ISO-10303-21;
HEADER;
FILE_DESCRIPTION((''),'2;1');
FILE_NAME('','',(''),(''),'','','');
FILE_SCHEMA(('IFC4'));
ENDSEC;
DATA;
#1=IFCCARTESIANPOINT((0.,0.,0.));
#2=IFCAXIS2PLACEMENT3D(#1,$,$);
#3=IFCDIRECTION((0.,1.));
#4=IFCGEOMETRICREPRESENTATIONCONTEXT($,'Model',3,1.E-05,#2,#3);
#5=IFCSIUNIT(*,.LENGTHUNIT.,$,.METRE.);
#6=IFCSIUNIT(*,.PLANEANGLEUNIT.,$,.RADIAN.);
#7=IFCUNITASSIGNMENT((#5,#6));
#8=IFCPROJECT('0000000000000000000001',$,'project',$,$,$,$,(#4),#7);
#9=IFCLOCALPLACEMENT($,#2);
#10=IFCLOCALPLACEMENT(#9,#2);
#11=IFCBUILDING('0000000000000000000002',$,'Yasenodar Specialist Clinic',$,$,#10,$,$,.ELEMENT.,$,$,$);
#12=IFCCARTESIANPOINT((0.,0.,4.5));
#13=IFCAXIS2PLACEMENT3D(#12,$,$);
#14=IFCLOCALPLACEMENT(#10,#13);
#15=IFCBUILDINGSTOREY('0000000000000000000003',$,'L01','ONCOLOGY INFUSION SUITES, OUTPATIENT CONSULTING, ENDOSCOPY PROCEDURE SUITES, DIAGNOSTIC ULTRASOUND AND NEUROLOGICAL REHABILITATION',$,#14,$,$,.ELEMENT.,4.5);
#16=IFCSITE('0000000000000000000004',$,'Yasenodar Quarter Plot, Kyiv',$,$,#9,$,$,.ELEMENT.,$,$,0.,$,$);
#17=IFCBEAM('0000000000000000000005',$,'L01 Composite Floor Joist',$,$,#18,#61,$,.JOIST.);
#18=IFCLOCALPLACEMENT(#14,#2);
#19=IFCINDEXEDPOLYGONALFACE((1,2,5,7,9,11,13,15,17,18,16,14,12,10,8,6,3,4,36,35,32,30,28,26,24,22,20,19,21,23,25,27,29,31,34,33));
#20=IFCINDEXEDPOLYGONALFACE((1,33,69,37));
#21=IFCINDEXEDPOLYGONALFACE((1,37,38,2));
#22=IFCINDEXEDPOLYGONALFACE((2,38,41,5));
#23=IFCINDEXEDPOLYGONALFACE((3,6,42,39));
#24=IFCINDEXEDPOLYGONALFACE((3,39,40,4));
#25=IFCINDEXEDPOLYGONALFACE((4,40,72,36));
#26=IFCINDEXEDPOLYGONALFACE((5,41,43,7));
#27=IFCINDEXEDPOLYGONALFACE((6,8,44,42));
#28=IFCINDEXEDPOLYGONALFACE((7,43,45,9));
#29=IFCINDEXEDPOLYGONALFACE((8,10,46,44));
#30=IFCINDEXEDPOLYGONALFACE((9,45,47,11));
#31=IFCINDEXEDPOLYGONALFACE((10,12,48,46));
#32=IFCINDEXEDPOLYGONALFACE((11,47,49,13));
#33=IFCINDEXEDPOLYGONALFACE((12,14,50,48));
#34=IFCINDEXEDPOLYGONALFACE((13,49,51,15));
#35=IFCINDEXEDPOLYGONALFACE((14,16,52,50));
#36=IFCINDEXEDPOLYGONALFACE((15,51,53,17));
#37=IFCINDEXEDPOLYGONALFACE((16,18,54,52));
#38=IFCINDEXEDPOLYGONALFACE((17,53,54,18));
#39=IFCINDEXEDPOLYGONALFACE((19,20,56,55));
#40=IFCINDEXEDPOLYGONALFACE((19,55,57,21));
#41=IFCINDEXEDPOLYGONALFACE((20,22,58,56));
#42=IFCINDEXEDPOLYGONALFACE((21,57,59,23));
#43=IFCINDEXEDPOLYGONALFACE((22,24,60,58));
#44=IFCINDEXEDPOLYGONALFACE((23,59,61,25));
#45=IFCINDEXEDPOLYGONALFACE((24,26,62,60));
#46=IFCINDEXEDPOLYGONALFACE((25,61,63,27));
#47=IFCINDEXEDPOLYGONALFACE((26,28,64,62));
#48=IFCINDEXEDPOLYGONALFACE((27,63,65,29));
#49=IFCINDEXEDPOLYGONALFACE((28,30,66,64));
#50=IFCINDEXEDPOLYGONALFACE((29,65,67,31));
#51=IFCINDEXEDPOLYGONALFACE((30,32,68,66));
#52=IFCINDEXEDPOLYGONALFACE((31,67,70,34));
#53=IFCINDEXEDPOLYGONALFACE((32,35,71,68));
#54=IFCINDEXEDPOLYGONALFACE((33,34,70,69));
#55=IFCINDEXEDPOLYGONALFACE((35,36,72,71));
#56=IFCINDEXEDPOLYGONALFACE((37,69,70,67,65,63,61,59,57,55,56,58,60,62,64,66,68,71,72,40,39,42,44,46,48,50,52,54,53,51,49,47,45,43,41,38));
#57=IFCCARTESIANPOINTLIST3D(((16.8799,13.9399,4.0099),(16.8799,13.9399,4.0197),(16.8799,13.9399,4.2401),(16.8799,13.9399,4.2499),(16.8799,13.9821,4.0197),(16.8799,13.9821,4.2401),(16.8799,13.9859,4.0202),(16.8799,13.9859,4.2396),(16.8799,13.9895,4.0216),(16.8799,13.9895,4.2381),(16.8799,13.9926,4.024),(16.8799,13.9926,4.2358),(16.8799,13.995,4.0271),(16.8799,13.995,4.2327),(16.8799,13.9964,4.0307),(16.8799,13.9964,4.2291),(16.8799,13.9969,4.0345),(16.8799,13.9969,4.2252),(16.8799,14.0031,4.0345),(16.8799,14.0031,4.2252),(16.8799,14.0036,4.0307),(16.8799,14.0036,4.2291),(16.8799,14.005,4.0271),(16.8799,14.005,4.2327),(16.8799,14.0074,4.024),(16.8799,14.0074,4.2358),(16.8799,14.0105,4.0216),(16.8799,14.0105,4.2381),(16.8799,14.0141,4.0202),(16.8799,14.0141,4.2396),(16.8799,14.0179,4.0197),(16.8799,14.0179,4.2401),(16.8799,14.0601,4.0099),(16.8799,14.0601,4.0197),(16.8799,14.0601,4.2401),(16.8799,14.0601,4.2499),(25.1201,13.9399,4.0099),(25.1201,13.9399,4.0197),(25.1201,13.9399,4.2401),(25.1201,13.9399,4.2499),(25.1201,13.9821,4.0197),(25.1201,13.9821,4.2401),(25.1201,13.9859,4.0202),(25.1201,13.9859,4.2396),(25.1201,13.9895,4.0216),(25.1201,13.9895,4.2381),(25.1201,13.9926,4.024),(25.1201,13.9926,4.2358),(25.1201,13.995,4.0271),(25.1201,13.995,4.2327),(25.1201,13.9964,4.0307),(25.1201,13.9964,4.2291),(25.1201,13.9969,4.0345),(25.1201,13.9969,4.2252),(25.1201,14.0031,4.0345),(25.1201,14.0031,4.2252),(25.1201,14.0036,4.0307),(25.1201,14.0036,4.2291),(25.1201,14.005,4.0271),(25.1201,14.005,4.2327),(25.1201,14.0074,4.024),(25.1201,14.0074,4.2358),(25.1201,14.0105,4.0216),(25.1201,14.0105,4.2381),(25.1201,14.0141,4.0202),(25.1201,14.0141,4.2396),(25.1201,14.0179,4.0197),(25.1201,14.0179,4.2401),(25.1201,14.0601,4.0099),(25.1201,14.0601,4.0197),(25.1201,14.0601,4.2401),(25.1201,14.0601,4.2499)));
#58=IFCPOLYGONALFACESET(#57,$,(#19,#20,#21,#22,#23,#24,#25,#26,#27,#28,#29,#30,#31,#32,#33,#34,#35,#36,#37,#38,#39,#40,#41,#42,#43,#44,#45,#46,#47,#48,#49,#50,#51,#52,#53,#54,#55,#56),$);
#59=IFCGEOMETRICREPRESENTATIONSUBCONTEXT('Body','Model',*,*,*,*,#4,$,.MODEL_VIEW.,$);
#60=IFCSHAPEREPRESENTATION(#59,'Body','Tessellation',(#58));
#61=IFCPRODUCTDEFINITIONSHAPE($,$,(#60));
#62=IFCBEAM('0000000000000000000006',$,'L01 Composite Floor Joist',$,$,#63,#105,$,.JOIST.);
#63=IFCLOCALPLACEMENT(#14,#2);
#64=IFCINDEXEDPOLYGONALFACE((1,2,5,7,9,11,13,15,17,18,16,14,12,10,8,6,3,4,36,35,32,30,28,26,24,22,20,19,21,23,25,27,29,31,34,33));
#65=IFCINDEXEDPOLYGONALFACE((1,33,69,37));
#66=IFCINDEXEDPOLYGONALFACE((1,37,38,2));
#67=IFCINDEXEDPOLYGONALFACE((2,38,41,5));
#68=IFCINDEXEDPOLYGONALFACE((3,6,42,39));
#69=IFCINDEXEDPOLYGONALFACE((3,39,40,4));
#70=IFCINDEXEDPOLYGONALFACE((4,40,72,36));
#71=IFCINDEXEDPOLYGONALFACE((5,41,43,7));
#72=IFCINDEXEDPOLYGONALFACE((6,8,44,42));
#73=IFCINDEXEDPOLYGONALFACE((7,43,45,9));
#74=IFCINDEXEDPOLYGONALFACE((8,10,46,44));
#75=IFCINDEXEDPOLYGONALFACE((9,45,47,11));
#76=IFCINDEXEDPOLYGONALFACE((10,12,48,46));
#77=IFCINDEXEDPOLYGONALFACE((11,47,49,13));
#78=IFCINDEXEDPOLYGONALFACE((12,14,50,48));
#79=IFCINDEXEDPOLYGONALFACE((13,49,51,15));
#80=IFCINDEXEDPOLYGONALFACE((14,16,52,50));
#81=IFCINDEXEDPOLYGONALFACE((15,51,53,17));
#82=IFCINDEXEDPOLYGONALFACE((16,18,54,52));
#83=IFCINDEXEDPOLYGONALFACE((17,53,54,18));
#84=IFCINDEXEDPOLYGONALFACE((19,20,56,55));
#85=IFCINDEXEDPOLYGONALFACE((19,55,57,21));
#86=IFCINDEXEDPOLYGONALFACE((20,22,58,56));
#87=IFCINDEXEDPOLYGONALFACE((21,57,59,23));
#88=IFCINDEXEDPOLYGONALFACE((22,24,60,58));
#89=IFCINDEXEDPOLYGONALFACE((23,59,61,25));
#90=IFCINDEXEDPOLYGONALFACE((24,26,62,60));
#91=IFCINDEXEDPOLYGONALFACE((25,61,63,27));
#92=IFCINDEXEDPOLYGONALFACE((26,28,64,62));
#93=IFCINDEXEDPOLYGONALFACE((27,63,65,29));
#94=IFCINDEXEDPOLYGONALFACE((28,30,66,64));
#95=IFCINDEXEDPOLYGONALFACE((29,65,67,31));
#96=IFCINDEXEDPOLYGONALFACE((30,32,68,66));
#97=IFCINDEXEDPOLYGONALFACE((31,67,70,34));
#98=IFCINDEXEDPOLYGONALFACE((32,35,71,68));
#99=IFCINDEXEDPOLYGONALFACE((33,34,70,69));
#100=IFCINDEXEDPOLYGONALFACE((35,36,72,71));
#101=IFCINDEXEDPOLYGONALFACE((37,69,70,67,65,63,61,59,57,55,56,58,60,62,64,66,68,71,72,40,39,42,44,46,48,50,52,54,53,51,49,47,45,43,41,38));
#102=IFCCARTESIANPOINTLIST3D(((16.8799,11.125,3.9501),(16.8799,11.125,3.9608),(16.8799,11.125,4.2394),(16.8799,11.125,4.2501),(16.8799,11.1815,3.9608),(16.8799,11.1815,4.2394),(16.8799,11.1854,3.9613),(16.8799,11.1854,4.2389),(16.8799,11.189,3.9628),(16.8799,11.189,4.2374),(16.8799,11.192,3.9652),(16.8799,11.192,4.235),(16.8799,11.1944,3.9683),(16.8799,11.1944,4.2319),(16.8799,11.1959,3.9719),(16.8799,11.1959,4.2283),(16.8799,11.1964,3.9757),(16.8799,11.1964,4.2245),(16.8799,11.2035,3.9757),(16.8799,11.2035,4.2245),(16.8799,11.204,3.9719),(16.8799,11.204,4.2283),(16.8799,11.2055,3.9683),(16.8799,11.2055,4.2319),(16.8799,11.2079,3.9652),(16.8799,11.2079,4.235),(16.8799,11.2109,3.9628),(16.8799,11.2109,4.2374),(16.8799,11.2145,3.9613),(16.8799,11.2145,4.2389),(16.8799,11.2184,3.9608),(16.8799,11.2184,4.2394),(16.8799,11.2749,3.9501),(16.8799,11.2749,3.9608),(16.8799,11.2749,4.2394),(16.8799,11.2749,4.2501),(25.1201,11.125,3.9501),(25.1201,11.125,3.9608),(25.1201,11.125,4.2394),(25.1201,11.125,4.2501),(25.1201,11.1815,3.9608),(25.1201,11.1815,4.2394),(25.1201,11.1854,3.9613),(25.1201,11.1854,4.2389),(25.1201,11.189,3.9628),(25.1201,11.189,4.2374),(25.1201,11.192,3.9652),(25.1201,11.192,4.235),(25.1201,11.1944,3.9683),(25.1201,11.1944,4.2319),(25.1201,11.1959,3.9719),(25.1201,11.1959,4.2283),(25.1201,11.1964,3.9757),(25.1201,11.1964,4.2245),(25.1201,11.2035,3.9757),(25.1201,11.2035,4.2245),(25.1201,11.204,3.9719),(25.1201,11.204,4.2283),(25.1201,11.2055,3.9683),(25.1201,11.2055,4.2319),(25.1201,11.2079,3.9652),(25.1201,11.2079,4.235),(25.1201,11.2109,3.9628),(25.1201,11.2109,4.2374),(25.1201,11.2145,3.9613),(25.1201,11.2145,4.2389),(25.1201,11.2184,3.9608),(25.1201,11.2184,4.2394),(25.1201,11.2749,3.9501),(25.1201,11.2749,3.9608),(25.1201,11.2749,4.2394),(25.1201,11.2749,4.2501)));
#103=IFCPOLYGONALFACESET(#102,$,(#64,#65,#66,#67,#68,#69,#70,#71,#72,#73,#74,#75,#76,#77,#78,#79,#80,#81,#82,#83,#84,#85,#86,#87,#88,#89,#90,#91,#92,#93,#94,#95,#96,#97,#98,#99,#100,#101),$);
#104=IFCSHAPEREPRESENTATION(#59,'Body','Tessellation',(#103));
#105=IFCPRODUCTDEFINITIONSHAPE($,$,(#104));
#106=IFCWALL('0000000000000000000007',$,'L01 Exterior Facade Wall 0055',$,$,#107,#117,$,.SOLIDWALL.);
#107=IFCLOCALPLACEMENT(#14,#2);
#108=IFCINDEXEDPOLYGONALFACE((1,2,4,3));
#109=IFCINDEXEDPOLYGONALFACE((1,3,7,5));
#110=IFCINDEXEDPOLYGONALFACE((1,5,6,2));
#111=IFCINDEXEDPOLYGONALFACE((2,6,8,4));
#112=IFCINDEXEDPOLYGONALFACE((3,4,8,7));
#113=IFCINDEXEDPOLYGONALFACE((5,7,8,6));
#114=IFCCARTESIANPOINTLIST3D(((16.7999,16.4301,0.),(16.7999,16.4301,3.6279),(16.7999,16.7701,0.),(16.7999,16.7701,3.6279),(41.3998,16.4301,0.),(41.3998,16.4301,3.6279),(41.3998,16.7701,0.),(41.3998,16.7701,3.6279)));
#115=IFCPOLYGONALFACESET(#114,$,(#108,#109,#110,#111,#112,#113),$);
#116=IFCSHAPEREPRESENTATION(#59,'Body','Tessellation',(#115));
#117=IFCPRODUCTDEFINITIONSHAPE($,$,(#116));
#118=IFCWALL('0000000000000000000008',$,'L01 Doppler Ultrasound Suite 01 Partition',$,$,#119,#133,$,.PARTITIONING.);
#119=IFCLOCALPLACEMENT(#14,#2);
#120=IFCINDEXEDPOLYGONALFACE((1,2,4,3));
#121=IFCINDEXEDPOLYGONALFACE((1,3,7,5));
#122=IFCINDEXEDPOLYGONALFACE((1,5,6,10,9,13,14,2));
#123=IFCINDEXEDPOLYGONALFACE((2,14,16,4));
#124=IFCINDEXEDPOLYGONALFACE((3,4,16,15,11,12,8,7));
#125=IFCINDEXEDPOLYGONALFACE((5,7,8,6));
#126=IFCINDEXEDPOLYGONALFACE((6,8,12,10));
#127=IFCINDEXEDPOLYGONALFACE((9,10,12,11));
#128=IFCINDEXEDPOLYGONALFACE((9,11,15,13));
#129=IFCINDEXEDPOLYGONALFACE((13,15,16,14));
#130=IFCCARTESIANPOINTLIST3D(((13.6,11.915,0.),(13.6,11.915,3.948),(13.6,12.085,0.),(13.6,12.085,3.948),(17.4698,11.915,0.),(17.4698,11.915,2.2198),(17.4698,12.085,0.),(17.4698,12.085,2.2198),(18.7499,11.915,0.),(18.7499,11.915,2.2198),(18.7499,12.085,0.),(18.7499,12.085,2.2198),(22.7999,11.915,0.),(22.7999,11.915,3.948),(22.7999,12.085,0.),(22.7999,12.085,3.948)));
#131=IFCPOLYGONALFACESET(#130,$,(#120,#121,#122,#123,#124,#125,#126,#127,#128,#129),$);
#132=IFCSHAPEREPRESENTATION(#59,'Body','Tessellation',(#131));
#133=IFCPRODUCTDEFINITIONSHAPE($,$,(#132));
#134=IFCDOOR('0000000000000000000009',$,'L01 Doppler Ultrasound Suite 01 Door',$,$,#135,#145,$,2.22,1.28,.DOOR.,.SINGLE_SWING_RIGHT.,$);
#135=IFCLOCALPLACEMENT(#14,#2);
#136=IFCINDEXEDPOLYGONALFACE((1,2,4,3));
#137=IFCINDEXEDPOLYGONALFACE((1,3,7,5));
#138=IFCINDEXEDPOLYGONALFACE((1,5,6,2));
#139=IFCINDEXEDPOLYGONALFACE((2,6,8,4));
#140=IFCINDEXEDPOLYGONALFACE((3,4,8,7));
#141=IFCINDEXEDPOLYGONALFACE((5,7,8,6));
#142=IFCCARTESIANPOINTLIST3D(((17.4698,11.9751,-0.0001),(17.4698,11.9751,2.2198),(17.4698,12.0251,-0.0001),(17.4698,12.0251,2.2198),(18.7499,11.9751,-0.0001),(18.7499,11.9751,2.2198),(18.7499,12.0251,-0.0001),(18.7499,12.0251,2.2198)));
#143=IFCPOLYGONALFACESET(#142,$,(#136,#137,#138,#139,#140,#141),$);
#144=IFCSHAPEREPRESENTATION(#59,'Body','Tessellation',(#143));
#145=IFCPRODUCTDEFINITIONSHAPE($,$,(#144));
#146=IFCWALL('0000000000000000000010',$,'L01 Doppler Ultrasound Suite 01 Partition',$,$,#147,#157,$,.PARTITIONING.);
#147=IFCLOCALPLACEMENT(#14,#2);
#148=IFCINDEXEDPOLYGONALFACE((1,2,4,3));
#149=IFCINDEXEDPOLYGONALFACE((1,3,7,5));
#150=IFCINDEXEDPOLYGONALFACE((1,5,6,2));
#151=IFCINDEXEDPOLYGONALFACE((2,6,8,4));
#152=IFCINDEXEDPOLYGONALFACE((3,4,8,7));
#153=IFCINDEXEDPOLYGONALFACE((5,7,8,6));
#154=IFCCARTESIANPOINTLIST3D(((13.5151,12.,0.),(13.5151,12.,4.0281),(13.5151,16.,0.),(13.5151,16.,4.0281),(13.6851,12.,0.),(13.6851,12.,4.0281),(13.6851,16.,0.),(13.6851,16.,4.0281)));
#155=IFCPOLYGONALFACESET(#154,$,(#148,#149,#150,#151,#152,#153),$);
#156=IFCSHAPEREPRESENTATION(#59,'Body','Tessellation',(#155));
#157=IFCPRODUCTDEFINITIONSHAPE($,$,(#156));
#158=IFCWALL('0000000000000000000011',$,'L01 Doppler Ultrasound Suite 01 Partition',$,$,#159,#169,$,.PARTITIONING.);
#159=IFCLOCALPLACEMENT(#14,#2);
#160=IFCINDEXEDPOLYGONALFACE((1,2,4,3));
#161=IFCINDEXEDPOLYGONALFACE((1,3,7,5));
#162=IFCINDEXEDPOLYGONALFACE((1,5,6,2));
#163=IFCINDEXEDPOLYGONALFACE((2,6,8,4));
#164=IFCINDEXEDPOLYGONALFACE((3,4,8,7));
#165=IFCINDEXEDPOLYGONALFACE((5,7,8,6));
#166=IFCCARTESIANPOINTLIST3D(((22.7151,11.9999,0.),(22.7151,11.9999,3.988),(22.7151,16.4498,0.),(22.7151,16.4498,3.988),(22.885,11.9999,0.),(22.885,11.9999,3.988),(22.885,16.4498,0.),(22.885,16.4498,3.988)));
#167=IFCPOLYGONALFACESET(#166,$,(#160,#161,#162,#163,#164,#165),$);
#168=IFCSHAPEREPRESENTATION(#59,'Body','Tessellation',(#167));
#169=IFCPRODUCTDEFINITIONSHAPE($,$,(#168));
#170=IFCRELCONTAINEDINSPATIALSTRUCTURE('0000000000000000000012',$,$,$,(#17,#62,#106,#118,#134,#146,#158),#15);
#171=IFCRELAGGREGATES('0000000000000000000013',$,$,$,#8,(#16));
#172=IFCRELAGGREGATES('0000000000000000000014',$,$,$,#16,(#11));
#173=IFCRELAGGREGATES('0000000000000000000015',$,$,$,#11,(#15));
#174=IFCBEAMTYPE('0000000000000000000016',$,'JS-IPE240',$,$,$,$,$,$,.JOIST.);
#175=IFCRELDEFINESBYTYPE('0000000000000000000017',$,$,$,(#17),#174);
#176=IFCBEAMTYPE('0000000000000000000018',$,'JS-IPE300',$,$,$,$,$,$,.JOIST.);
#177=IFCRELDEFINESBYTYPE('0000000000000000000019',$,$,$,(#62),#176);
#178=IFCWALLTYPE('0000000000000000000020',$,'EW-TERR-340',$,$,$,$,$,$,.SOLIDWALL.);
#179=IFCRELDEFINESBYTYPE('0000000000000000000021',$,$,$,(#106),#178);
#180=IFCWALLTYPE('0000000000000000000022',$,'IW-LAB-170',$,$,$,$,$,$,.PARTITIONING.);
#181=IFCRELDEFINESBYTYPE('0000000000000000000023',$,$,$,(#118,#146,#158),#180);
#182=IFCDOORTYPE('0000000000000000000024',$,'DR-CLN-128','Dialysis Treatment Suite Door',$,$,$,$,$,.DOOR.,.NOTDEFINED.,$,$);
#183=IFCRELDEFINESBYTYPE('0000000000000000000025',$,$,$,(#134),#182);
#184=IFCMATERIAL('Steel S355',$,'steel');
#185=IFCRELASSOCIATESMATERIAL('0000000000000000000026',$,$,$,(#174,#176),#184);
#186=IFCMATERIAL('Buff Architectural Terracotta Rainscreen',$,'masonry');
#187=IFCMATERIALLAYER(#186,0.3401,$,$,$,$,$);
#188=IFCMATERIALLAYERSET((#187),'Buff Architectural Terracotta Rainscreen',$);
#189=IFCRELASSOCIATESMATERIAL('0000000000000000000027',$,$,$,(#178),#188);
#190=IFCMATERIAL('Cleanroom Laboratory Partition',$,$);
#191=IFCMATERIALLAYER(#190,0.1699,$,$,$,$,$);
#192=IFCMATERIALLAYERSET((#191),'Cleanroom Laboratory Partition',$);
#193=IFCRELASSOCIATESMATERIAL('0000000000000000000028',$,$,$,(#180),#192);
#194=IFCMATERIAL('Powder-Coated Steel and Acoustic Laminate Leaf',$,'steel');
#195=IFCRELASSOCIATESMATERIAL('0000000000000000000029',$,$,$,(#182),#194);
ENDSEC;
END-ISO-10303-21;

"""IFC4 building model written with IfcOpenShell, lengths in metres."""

from ifc_helpers import new_model, si_unit, direction, frame, frame_2d, origin, origin_2d, place, context, subcontext, project, spatial, rectangle, i_section, extrude, material, layer, layer_set, material_profile, profile_set, type_object, element, fill, save


model = new_model("IFC4")

# Units and contexts
model_context = context("Model", 3, precision=1e-05, world=origin(), true_north=direction((0.0, 1.0)))
body_context = subcontext(model_context, "Body", "Model", "MODEL_VIEW")
ifc_project = project(units=[si_unit("LENGTHUNIT", "METRE"), si_unit("PLANEANGLEUNIT", "RADIAN")], contexts=[model_context])

# Site, building, storey
site_placement = place(None, origin())
site = spatial("IfcSite", under=ifc_project, at=site_placement, Name="Yasenodar Quarter Plot, Kyiv", CompositionType="ELEMENT", RefElevation=0.0)
building_placement = place(site_placement, origin())
building = spatial("IfcBuilding", under=site, at=building_placement, Name="Yasenodar Specialist Clinic", CompositionType="ELEMENT")
storey_placement = place(building_placement, frame((0.0, 0.0, 4.5)))
storey = spatial("IfcBuildingStorey", under=building, at=storey_placement, Name="L01", Description="ONCOLOGY INFUSION SUITES, OUTPATIENT CONSULTING, ENDOSCOPY PROCEDURE SUITES, DIAGNOSTIC ULTRASOUND AND NEUROLOGICAL REHABILITATION", CompositionType="ELEMENT", Elevation=4.5)

# Beams
ifc_material_1 = material(Name="Steel S355", Category="steel")
ifc_material_profile_1 = material_profile(ifc_material_1, i_section(OverallWidth=0.1201, OverallDepth=0.24, WebThickness=0.0061, FlangeThickness=0.0098, FilletRadius=0.0149, at=origin_2d()), Name="IPE 240")
ifc_profile_set_1 = profile_set([ifc_material_profile_1], Name="Steel S355")
beam_type_1 = type_object("IfcBeamType", Name="JS-IPE240", PredefinedType="JOIST", material=ifc_profile_set_1)
beam_1_placement = place(storey_placement, frame((16.8799, 14.0, 4.1299), z_axis=(1.0, 0.0, 0.0), x_axis=(0.0, 1.0, 0.0)))
element("IfcBeam", 1, at=beam_1_placement, inside=storey, type_object=beam_type_1, Name="L01 Composite Floor Joist", PredefinedType="JOIST", context=body_context, shape_type="SweptSolid", body=[
    extrude(i_section(OverallWidth=0.1201, OverallDepth=0.24, WebThickness=0.0061, FlangeThickness=0.0098, FilletRadius=0.0149, at=origin_2d()), origin(), (0.0, 0.0, 1.0), 8.2402),
])
ifc_material_profile_2 = material_profile(ifc_material_1, i_section(OverallWidth=0.1499, OverallDepth=0.3, WebThickness=0.0071, FlangeThickness=0.0107, FilletRadius=0.0149, at=origin_2d()), Name="IPE 300")
ifc_profile_set_2 = profile_set([ifc_material_profile_2], Name="Steel S355")
beam_type_2 = type_object("IfcBeamType", Name="JS-IPE300", PredefinedType="JOIST", material=ifc_profile_set_2)
beam_2_placement = place(storey_placement, frame((16.8799, 11.2, 4.1001), z_axis=(1.0, 0.0, 0.0), x_axis=(0.0, 1.0, 0.0)))
element("IfcBeam", 2, at=beam_2_placement, inside=storey, type_object=beam_type_2, Name="L01 Composite Floor Joist", PredefinedType="JOIST", context=body_context, shape_type="SweptSolid", body=[
    extrude(i_section(OverallWidth=0.1499, OverallDepth=0.3, WebThickness=0.0071, FlangeThickness=0.0107, FilletRadius=0.0149, at=origin_2d()), origin(), (0.0, 0.0, 1.0), 8.2402),
])

# Wall
ifc_material_2 = material(Name="Buff Architectural Terracotta Rainscreen", Category="masonry")
ifc_layer_1 = layer(ifc_material_2, 0.3401)
ifc_layer_set_1 = layer_set([ifc_layer_1], Name="Buff Architectural Terracotta Rainscreen")
wall_type_1 = type_object("IfcWallType", Name="EW-TERR-340", PredefinedType="SOLIDWALL", material=ifc_layer_set_1)
wall_1_placement = place(storey_placement, frame((16.8, 16.6001, 0.0), z_axis=(0.0, 0.0, 1.0), x_axis=(1.0, 0.0, 0.0)))
element("IfcWall", 3, at=wall_1_placement, inside=storey, type_object=wall_type_1, Name="L01 Exterior Facade Wall 0055", PredefinedType="SOLIDWALL", context=body_context, shape_type="SweptSolid", body=[
    extrude(rectangle(XDim=24.5999, YDim=0.3401, at=frame_2d((12.2998, 0.0))), origin(), (0.0, 0.0, 1.0), 3.6279),
])

# Wall, opening, door
ifc_material_3 = material(Name="Cleanroom Laboratory Partition")
ifc_layer_2 = layer(ifc_material_3, 0.1699)
ifc_layer_set_2 = layer_set([ifc_layer_2], Name="Cleanroom Laboratory Partition")
wall_type_2 = type_object("IfcWallType", Name="IW-LAB-170", PredefinedType="PARTITIONING", material=ifc_layer_set_2)
wall_2_placement = place(storey_placement, frame((22.8, 12.0, 0.0), z_axis=(0.0, 0.0, 1.0), x_axis=(-1.0, 0.0, 0.0)))
wall_2 = element("IfcWall", 4, at=wall_2_placement, inside=storey, type_object=wall_type_2, Name="L01 Doppler Ultrasound Suite 01 Partition", PredefinedType="PARTITIONING", context=body_context, shape_type="SweptSolid", body=[
    extrude(rectangle(XDim=9.2, YDim=0.1699, at=frame_2d((4.6001, 0.0))), origin(), (0.0, 0.0, 1.0), 3.948),
])
opening_1_placement = place(wall_2_placement, frame((4.05, 0.0, 0.0)))
opening_1 = element("IfcOpeningElement", 5, at=opening_1_placement, cuts=wall_2, PredefinedType="OPENING", context=body_context, shape_type="SweptSolid", body=[
    extrude(rectangle(XDim=1.28, YDim=2.22, at=frame_2d((0.6401, 1.1099))), frame((0.0, 0.095, 0.0), z_axis=(0.0, -1.0, 0.0), x_axis=(1.0, 0.0, 0.0)), (0.0, 0.0, 1.0), 0.1899),
])
ifc_material_4 = material(Name="Powder-Coated Steel and Acoustic Laminate Leaf", Category="steel")
door_type_1 = type_object("IfcDoorType", Name="DR-CLN-128", Description="Dialysis Treatment Suite Door", OperationType="NOTDEFINED", PredefinedType="DOOR", material=ifc_material_4)
door_1_placement = place(opening_1_placement, origin())
door_1 = element("IfcDoor", 6, at=door_1_placement, inside=storey, type_object=door_type_1, Name="L01 Doppler Ultrasound Suite 01 Door", OperationType="SINGLE_SWING_RIGHT", OverallHeight=2.22, OverallWidth=1.28, PredefinedType="DOOR", context=body_context, shape_type="SweptSolid", body=[
    extrude(rectangle(XDim=1.28, YDim=2.22, at=frame_2d((0.6401, 1.1099))), frame((0.0, 0.0249, 0.0), z_axis=(0.0, -1.0, 0.0), x_axis=(1.0, 0.0, 0.0)), (0.0, 0.0, 1.0), 0.05),
])
fill(opening_1, door_1)

# Walls
wall_3_placement = place(storey_placement, frame((13.6001, 12.0, 0.0), z_axis=(0.0, 0.0, 1.0), x_axis=(0.0, 1.0, 0.0)))
element("IfcWall", 7, at=wall_3_placement, inside=storey, type_object=wall_type_2, Name="L01 Doppler Ultrasound Suite 01 Partition", PredefinedType="PARTITIONING", context=body_context, shape_type="SweptSolid", body=[
    extrude(rectangle(XDim=4.0, YDim=0.1699, at=frame_2d((2.0, 0.0))), origin(), (0.0, 0.0, 1.0), 4.0281),
])
wall_4_placement = place(storey_placement, frame((22.8, 16.45, 0.0), z_axis=(0.0, 0.0, 1.0), x_axis=(0.0, -1.0, 0.0)))
element("IfcWall", 8, at=wall_4_placement, inside=storey, type_object=wall_type_2, Name="L01 Doppler Ultrasound Suite 01 Partition", PredefinedType="PARTITIONING", context=body_context, shape_type="SweptSolid", body=[
    extrude(rectangle(XDim=4.45, YDim=0.1699, at=frame_2d((2.2251, 0.0))), origin(), (0.0, 0.0, 1.0), 3.988),
])

save(model, "model.ifc")
